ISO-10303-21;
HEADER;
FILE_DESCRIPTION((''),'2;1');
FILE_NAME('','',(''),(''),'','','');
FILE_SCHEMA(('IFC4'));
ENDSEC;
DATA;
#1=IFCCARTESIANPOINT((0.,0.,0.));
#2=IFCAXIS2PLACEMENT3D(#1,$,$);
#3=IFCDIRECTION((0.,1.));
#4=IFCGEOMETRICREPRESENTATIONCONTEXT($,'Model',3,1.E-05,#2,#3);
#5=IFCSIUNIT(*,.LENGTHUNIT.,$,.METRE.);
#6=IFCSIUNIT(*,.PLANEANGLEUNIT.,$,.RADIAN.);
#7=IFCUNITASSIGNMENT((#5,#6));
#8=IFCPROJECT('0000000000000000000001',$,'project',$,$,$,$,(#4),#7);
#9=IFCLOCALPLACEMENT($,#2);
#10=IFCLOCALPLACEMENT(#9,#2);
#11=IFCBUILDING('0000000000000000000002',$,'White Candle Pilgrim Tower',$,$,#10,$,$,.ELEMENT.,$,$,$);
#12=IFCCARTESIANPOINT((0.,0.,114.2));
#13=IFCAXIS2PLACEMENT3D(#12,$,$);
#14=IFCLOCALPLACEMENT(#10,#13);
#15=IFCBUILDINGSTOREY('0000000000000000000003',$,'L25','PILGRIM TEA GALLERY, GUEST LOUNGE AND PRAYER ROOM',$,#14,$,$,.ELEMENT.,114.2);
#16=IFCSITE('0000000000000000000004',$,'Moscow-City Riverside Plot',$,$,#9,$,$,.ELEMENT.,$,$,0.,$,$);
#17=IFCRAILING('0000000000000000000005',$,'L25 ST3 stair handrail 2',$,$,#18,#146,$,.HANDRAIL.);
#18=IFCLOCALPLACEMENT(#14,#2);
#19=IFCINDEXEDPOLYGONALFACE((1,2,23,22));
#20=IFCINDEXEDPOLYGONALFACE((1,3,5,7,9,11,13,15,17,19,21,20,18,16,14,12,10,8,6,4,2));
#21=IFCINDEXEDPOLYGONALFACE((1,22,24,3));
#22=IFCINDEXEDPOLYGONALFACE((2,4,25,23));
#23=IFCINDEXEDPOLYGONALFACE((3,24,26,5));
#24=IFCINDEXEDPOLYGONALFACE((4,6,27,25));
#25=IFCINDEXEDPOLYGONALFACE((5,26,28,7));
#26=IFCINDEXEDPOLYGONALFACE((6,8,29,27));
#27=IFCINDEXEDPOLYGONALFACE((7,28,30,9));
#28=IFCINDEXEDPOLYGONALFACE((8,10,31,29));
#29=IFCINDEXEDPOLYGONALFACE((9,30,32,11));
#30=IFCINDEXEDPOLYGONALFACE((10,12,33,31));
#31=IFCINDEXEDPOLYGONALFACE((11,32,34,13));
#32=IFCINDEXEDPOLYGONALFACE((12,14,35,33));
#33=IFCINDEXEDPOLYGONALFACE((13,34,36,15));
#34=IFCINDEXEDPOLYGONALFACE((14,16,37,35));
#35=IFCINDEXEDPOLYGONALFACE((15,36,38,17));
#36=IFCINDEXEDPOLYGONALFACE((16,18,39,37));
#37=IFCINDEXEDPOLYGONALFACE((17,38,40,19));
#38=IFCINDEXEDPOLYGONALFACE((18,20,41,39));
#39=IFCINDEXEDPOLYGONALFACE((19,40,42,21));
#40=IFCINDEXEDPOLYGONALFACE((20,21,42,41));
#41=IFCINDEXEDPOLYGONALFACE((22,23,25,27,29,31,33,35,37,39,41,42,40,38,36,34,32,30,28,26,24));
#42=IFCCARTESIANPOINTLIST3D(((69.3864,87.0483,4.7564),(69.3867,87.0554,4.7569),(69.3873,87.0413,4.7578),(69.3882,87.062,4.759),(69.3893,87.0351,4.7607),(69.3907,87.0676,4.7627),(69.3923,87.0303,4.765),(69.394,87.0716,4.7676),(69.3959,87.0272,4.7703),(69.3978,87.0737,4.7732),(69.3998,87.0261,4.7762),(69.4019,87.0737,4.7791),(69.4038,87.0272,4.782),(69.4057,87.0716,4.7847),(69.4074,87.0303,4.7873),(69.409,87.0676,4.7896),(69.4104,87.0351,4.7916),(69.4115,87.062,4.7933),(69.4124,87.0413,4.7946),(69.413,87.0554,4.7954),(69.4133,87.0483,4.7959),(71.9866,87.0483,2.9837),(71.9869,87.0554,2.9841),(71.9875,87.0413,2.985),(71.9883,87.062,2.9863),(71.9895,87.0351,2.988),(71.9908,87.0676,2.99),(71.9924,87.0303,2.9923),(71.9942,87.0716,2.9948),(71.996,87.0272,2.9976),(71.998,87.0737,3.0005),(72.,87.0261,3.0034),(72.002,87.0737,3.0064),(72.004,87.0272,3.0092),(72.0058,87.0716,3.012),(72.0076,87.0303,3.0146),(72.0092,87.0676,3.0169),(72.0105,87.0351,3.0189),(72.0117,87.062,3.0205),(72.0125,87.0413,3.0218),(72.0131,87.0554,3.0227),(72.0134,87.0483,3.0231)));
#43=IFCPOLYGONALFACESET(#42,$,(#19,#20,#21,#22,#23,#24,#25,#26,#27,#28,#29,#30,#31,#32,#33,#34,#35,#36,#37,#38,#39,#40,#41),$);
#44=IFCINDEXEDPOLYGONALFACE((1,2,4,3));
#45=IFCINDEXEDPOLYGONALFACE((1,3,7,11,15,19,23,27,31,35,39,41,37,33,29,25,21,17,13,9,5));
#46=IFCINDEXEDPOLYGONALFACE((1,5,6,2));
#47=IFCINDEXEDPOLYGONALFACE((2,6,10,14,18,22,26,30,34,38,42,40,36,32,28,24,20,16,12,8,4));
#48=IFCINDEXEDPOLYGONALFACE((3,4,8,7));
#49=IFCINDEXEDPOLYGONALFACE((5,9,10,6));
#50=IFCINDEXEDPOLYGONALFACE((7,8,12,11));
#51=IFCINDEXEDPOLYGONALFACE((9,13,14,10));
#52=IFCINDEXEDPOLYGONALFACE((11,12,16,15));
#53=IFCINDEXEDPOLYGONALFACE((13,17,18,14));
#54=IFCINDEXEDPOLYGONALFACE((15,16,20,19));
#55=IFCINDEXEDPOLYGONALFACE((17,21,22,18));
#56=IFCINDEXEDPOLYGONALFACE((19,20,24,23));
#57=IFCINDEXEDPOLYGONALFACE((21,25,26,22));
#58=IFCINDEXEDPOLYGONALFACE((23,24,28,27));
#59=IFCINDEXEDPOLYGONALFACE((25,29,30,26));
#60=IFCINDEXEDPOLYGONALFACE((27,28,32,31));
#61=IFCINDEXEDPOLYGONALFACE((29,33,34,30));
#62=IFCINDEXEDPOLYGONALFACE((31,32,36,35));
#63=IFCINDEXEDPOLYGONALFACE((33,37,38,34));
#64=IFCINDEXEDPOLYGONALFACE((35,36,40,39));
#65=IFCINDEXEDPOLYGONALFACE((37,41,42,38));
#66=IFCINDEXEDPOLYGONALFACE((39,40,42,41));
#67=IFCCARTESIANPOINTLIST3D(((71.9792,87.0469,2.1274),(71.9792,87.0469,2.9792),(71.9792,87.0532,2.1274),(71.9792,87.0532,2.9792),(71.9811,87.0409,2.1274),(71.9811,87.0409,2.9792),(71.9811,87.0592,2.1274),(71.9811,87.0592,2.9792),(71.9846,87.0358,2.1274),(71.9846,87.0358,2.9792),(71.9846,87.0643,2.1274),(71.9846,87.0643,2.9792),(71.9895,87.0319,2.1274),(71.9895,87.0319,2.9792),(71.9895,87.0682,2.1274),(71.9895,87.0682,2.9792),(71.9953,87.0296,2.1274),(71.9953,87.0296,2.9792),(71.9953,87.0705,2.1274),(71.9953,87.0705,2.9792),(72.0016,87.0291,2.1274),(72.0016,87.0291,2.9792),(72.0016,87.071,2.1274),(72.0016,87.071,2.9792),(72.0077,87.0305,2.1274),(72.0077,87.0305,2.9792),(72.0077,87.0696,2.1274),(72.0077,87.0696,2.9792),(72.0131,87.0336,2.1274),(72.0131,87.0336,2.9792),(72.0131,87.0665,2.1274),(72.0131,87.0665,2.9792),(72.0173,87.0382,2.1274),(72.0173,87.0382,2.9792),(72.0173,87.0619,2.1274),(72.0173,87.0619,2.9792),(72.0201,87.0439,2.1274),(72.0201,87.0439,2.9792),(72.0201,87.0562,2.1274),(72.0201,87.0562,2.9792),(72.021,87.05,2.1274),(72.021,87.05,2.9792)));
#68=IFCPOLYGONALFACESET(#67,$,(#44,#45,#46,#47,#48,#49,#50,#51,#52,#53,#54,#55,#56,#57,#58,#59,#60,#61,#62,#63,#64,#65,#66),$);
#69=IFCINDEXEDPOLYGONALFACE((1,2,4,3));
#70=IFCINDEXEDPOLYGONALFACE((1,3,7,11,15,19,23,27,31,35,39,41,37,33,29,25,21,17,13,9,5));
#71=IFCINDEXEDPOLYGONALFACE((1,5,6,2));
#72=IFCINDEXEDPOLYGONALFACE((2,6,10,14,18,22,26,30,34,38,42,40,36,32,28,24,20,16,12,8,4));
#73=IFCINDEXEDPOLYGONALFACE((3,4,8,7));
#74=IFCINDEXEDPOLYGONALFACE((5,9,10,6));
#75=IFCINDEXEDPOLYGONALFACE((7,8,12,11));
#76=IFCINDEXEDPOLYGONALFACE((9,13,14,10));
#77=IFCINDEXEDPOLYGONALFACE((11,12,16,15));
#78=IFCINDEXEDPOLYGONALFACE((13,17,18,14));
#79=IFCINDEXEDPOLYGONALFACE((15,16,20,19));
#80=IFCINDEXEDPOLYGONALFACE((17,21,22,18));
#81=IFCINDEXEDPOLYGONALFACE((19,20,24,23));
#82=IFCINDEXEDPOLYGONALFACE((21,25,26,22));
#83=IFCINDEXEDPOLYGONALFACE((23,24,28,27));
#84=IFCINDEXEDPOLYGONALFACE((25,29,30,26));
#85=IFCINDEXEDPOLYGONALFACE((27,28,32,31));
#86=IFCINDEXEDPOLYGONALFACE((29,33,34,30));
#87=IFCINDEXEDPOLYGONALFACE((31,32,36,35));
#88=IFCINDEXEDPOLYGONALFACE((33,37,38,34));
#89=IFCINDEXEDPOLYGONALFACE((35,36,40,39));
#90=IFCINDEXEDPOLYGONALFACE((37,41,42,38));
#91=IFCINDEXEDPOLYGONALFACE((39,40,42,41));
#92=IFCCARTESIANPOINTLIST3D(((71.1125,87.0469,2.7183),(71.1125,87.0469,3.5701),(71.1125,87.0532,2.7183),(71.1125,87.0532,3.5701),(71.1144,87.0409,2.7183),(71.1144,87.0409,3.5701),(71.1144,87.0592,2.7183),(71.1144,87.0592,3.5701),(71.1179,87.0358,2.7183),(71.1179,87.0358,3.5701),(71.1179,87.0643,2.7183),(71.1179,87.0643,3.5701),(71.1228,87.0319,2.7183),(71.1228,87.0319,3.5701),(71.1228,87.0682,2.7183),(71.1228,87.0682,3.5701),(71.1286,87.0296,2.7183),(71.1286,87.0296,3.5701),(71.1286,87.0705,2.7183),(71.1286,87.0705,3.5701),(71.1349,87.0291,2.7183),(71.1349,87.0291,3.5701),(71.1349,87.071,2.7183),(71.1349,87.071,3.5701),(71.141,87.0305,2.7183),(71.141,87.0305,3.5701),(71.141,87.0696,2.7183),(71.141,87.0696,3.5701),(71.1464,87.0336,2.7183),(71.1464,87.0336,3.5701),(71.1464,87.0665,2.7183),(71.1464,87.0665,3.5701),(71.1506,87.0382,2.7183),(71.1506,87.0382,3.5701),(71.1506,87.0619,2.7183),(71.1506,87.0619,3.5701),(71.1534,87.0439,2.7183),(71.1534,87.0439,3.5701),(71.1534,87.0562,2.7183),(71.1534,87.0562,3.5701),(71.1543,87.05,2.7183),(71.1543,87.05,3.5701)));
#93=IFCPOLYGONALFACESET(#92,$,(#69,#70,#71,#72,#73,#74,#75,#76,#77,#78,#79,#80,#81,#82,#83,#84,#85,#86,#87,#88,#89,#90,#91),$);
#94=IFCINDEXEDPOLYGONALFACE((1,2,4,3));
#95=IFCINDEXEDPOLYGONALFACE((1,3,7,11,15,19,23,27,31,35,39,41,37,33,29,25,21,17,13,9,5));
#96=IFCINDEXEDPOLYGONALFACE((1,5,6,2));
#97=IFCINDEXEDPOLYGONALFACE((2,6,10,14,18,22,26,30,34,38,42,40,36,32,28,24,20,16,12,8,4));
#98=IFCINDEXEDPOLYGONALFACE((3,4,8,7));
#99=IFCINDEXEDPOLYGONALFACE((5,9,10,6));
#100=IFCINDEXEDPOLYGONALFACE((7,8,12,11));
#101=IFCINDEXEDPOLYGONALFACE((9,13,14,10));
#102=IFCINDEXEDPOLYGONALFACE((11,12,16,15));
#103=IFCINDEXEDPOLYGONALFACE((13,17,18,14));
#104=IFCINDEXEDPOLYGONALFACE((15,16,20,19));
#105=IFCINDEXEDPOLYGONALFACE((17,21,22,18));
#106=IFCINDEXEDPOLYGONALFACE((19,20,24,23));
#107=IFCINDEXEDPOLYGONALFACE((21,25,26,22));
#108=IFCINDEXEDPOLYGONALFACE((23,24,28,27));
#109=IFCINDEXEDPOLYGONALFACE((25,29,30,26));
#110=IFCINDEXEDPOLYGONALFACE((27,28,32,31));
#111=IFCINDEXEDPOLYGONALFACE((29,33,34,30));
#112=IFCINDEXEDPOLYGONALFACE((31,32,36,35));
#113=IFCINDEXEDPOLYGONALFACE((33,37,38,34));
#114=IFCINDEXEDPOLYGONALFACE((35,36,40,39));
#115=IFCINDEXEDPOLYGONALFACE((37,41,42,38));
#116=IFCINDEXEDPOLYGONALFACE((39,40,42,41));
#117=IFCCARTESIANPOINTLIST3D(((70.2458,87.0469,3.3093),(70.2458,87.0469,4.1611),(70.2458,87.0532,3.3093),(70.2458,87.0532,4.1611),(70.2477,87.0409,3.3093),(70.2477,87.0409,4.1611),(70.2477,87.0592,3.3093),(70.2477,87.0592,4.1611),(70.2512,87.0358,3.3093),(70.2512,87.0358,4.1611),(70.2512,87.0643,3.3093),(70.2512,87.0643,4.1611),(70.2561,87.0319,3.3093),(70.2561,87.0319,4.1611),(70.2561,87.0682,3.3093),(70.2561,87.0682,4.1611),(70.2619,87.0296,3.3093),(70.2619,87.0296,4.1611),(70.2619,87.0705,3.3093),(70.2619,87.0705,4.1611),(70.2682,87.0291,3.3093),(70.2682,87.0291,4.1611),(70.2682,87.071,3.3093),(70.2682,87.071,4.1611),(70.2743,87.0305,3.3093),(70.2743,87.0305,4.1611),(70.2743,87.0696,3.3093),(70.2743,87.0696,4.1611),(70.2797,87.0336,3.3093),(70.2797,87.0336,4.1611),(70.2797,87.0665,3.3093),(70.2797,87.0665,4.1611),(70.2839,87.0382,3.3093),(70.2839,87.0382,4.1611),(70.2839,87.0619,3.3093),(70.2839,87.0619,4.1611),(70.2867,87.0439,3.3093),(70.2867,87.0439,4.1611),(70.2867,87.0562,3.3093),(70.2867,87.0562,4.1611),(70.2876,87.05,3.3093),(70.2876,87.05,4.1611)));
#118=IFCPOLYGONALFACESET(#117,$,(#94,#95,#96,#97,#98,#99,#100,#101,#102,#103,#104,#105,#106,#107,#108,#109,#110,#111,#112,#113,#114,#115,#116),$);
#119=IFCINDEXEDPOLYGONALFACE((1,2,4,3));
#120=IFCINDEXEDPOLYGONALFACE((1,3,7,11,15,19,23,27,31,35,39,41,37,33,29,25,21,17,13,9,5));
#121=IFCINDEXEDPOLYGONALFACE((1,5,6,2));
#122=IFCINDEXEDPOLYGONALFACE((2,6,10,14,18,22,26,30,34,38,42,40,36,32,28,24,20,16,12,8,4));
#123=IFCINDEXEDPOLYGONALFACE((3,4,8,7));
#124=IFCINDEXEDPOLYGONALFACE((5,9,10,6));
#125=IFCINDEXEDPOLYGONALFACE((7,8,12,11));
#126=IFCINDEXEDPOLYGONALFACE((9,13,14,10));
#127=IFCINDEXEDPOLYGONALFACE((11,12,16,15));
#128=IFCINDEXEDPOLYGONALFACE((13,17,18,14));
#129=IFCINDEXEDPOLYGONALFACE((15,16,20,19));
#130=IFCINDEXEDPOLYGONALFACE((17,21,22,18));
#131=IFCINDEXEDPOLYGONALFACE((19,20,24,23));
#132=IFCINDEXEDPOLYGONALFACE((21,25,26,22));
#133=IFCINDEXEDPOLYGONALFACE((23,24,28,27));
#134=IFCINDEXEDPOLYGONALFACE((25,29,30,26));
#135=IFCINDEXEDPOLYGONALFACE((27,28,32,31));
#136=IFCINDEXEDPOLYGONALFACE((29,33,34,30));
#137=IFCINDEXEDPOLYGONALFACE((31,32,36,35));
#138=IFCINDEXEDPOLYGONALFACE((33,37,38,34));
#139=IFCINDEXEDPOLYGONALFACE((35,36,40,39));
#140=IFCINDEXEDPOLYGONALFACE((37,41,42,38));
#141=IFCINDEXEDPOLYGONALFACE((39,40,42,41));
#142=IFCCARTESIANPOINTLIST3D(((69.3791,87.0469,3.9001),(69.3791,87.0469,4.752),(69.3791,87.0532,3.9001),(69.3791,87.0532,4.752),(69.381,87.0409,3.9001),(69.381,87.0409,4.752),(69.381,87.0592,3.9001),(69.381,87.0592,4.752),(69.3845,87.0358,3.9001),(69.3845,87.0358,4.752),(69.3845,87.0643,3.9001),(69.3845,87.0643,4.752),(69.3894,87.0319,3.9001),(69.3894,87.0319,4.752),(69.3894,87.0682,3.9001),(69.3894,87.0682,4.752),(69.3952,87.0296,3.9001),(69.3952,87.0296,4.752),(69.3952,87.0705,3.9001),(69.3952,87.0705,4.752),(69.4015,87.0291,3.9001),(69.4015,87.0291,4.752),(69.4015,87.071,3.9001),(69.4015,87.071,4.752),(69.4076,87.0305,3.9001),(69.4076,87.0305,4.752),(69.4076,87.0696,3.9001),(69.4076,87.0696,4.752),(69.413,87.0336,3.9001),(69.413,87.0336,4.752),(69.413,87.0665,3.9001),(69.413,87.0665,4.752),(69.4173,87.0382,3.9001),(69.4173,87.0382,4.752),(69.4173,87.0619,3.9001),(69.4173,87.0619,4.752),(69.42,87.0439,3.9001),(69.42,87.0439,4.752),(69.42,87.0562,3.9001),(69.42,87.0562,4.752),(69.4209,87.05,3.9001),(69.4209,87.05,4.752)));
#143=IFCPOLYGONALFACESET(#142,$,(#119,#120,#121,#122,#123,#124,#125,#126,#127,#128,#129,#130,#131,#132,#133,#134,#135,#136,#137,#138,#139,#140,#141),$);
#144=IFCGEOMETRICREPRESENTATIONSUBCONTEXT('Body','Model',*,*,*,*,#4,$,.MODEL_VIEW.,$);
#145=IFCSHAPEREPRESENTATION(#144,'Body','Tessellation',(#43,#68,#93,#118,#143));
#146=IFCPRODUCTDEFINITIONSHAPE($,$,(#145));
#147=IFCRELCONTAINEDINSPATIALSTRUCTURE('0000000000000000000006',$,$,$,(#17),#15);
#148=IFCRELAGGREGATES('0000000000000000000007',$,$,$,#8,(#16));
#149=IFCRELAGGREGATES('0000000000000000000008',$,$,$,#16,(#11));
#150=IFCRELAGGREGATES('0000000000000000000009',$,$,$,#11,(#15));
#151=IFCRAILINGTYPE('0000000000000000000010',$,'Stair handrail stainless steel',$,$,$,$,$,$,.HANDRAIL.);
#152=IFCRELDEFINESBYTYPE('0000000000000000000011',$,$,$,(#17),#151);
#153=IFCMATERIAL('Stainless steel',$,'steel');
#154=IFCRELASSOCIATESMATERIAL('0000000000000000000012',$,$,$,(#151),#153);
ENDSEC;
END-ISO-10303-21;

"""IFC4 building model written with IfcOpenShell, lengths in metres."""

from ifc_helpers import new_model, si_unit, direction, frame, origin, origin_2d, place, context, subcontext, project, spatial, circle, extrude, material, type_object, element, save


model = new_model("IFC4")

# Units and contexts
model_context = context("Model", 3, precision=1e-05, world=origin(), true_north=direction((0.0, 1.0)))
body_context = subcontext(model_context, "Body", "Model", "MODEL_VIEW")
ifc_project = project(units=[si_unit("LENGTHUNIT", "METRE"), si_unit("PLANEANGLEUNIT", "RADIAN")], contexts=[model_context])

# Site, building, storey
site_placement = place(None, origin())
site = spatial("IfcSite", under=ifc_project, at=site_placement, Name="Moscow-City Riverside Plot", CompositionType="ELEMENT", RefElevation=0.0)
building_placement = place(site_placement, origin())
building = spatial("IfcBuilding", under=site, at=building_placement, Name="White Candle Pilgrim Tower", CompositionType="ELEMENT")
storey_placement = place(building_placement, frame((0.0, 0.0, 114.2)))
storey = spatial("IfcBuildingStorey", under=building, at=storey_placement, Name="L25", Description="PILGRIM TEA GALLERY, GUEST LOUNGE AND PRAYER ROOM", CompositionType="ELEMENT", Elevation=114.2)

# Railing
ifc_material_1 = material(Name="Stainless steel", Category="steel")
railing_type_1 = type_object("IfcRailingType", Name="Stair handrail stainless steel", PredefinedType="HANDRAIL", material=ifc_material_1)
railing_1_placement = place(storey_placement, frame((72.0, 87.05, 2.1274)))
element("IfcRailing", 1, at=railing_1_placement, inside=storey, type_object=railing_type_1, Name="L25 ST3 stair handrail 2", PredefinedType="HANDRAIL", context=body_context, shape_type="SweptSolid", body=[
    extrude(circle(Radius=0.0239, at=origin_2d()), frame((0.0, 0.0, 0.876), z_axis=(-0.82624, 0.0, 0.563318), x_axis=(0.0, -1.0, 0.0)), (0.0, 0.0, 1.0), 3.147),
    extrude(circle(Radius=0.021, at=origin_2d()), origin(), (0.0, 0.0, 1.0), 0.8518),
    extrude(circle(Radius=0.021, at=origin_2d()), frame((-0.8667, 0.0, 0.5908)), (0.0, 0.0, 1.0), 0.8518),
    extrude(circle(Radius=0.021, at=origin_2d()), frame((-1.7334, 0.0, 1.1819)), (0.0, 0.0, 1.0), 0.8518),
    extrude(circle(Radius=0.021, at=origin_2d()), frame((-2.6001, 0.0, 1.7727)), (0.0, 0.0, 1.0), 0.8518),
])

save(model, "model.ifc")
